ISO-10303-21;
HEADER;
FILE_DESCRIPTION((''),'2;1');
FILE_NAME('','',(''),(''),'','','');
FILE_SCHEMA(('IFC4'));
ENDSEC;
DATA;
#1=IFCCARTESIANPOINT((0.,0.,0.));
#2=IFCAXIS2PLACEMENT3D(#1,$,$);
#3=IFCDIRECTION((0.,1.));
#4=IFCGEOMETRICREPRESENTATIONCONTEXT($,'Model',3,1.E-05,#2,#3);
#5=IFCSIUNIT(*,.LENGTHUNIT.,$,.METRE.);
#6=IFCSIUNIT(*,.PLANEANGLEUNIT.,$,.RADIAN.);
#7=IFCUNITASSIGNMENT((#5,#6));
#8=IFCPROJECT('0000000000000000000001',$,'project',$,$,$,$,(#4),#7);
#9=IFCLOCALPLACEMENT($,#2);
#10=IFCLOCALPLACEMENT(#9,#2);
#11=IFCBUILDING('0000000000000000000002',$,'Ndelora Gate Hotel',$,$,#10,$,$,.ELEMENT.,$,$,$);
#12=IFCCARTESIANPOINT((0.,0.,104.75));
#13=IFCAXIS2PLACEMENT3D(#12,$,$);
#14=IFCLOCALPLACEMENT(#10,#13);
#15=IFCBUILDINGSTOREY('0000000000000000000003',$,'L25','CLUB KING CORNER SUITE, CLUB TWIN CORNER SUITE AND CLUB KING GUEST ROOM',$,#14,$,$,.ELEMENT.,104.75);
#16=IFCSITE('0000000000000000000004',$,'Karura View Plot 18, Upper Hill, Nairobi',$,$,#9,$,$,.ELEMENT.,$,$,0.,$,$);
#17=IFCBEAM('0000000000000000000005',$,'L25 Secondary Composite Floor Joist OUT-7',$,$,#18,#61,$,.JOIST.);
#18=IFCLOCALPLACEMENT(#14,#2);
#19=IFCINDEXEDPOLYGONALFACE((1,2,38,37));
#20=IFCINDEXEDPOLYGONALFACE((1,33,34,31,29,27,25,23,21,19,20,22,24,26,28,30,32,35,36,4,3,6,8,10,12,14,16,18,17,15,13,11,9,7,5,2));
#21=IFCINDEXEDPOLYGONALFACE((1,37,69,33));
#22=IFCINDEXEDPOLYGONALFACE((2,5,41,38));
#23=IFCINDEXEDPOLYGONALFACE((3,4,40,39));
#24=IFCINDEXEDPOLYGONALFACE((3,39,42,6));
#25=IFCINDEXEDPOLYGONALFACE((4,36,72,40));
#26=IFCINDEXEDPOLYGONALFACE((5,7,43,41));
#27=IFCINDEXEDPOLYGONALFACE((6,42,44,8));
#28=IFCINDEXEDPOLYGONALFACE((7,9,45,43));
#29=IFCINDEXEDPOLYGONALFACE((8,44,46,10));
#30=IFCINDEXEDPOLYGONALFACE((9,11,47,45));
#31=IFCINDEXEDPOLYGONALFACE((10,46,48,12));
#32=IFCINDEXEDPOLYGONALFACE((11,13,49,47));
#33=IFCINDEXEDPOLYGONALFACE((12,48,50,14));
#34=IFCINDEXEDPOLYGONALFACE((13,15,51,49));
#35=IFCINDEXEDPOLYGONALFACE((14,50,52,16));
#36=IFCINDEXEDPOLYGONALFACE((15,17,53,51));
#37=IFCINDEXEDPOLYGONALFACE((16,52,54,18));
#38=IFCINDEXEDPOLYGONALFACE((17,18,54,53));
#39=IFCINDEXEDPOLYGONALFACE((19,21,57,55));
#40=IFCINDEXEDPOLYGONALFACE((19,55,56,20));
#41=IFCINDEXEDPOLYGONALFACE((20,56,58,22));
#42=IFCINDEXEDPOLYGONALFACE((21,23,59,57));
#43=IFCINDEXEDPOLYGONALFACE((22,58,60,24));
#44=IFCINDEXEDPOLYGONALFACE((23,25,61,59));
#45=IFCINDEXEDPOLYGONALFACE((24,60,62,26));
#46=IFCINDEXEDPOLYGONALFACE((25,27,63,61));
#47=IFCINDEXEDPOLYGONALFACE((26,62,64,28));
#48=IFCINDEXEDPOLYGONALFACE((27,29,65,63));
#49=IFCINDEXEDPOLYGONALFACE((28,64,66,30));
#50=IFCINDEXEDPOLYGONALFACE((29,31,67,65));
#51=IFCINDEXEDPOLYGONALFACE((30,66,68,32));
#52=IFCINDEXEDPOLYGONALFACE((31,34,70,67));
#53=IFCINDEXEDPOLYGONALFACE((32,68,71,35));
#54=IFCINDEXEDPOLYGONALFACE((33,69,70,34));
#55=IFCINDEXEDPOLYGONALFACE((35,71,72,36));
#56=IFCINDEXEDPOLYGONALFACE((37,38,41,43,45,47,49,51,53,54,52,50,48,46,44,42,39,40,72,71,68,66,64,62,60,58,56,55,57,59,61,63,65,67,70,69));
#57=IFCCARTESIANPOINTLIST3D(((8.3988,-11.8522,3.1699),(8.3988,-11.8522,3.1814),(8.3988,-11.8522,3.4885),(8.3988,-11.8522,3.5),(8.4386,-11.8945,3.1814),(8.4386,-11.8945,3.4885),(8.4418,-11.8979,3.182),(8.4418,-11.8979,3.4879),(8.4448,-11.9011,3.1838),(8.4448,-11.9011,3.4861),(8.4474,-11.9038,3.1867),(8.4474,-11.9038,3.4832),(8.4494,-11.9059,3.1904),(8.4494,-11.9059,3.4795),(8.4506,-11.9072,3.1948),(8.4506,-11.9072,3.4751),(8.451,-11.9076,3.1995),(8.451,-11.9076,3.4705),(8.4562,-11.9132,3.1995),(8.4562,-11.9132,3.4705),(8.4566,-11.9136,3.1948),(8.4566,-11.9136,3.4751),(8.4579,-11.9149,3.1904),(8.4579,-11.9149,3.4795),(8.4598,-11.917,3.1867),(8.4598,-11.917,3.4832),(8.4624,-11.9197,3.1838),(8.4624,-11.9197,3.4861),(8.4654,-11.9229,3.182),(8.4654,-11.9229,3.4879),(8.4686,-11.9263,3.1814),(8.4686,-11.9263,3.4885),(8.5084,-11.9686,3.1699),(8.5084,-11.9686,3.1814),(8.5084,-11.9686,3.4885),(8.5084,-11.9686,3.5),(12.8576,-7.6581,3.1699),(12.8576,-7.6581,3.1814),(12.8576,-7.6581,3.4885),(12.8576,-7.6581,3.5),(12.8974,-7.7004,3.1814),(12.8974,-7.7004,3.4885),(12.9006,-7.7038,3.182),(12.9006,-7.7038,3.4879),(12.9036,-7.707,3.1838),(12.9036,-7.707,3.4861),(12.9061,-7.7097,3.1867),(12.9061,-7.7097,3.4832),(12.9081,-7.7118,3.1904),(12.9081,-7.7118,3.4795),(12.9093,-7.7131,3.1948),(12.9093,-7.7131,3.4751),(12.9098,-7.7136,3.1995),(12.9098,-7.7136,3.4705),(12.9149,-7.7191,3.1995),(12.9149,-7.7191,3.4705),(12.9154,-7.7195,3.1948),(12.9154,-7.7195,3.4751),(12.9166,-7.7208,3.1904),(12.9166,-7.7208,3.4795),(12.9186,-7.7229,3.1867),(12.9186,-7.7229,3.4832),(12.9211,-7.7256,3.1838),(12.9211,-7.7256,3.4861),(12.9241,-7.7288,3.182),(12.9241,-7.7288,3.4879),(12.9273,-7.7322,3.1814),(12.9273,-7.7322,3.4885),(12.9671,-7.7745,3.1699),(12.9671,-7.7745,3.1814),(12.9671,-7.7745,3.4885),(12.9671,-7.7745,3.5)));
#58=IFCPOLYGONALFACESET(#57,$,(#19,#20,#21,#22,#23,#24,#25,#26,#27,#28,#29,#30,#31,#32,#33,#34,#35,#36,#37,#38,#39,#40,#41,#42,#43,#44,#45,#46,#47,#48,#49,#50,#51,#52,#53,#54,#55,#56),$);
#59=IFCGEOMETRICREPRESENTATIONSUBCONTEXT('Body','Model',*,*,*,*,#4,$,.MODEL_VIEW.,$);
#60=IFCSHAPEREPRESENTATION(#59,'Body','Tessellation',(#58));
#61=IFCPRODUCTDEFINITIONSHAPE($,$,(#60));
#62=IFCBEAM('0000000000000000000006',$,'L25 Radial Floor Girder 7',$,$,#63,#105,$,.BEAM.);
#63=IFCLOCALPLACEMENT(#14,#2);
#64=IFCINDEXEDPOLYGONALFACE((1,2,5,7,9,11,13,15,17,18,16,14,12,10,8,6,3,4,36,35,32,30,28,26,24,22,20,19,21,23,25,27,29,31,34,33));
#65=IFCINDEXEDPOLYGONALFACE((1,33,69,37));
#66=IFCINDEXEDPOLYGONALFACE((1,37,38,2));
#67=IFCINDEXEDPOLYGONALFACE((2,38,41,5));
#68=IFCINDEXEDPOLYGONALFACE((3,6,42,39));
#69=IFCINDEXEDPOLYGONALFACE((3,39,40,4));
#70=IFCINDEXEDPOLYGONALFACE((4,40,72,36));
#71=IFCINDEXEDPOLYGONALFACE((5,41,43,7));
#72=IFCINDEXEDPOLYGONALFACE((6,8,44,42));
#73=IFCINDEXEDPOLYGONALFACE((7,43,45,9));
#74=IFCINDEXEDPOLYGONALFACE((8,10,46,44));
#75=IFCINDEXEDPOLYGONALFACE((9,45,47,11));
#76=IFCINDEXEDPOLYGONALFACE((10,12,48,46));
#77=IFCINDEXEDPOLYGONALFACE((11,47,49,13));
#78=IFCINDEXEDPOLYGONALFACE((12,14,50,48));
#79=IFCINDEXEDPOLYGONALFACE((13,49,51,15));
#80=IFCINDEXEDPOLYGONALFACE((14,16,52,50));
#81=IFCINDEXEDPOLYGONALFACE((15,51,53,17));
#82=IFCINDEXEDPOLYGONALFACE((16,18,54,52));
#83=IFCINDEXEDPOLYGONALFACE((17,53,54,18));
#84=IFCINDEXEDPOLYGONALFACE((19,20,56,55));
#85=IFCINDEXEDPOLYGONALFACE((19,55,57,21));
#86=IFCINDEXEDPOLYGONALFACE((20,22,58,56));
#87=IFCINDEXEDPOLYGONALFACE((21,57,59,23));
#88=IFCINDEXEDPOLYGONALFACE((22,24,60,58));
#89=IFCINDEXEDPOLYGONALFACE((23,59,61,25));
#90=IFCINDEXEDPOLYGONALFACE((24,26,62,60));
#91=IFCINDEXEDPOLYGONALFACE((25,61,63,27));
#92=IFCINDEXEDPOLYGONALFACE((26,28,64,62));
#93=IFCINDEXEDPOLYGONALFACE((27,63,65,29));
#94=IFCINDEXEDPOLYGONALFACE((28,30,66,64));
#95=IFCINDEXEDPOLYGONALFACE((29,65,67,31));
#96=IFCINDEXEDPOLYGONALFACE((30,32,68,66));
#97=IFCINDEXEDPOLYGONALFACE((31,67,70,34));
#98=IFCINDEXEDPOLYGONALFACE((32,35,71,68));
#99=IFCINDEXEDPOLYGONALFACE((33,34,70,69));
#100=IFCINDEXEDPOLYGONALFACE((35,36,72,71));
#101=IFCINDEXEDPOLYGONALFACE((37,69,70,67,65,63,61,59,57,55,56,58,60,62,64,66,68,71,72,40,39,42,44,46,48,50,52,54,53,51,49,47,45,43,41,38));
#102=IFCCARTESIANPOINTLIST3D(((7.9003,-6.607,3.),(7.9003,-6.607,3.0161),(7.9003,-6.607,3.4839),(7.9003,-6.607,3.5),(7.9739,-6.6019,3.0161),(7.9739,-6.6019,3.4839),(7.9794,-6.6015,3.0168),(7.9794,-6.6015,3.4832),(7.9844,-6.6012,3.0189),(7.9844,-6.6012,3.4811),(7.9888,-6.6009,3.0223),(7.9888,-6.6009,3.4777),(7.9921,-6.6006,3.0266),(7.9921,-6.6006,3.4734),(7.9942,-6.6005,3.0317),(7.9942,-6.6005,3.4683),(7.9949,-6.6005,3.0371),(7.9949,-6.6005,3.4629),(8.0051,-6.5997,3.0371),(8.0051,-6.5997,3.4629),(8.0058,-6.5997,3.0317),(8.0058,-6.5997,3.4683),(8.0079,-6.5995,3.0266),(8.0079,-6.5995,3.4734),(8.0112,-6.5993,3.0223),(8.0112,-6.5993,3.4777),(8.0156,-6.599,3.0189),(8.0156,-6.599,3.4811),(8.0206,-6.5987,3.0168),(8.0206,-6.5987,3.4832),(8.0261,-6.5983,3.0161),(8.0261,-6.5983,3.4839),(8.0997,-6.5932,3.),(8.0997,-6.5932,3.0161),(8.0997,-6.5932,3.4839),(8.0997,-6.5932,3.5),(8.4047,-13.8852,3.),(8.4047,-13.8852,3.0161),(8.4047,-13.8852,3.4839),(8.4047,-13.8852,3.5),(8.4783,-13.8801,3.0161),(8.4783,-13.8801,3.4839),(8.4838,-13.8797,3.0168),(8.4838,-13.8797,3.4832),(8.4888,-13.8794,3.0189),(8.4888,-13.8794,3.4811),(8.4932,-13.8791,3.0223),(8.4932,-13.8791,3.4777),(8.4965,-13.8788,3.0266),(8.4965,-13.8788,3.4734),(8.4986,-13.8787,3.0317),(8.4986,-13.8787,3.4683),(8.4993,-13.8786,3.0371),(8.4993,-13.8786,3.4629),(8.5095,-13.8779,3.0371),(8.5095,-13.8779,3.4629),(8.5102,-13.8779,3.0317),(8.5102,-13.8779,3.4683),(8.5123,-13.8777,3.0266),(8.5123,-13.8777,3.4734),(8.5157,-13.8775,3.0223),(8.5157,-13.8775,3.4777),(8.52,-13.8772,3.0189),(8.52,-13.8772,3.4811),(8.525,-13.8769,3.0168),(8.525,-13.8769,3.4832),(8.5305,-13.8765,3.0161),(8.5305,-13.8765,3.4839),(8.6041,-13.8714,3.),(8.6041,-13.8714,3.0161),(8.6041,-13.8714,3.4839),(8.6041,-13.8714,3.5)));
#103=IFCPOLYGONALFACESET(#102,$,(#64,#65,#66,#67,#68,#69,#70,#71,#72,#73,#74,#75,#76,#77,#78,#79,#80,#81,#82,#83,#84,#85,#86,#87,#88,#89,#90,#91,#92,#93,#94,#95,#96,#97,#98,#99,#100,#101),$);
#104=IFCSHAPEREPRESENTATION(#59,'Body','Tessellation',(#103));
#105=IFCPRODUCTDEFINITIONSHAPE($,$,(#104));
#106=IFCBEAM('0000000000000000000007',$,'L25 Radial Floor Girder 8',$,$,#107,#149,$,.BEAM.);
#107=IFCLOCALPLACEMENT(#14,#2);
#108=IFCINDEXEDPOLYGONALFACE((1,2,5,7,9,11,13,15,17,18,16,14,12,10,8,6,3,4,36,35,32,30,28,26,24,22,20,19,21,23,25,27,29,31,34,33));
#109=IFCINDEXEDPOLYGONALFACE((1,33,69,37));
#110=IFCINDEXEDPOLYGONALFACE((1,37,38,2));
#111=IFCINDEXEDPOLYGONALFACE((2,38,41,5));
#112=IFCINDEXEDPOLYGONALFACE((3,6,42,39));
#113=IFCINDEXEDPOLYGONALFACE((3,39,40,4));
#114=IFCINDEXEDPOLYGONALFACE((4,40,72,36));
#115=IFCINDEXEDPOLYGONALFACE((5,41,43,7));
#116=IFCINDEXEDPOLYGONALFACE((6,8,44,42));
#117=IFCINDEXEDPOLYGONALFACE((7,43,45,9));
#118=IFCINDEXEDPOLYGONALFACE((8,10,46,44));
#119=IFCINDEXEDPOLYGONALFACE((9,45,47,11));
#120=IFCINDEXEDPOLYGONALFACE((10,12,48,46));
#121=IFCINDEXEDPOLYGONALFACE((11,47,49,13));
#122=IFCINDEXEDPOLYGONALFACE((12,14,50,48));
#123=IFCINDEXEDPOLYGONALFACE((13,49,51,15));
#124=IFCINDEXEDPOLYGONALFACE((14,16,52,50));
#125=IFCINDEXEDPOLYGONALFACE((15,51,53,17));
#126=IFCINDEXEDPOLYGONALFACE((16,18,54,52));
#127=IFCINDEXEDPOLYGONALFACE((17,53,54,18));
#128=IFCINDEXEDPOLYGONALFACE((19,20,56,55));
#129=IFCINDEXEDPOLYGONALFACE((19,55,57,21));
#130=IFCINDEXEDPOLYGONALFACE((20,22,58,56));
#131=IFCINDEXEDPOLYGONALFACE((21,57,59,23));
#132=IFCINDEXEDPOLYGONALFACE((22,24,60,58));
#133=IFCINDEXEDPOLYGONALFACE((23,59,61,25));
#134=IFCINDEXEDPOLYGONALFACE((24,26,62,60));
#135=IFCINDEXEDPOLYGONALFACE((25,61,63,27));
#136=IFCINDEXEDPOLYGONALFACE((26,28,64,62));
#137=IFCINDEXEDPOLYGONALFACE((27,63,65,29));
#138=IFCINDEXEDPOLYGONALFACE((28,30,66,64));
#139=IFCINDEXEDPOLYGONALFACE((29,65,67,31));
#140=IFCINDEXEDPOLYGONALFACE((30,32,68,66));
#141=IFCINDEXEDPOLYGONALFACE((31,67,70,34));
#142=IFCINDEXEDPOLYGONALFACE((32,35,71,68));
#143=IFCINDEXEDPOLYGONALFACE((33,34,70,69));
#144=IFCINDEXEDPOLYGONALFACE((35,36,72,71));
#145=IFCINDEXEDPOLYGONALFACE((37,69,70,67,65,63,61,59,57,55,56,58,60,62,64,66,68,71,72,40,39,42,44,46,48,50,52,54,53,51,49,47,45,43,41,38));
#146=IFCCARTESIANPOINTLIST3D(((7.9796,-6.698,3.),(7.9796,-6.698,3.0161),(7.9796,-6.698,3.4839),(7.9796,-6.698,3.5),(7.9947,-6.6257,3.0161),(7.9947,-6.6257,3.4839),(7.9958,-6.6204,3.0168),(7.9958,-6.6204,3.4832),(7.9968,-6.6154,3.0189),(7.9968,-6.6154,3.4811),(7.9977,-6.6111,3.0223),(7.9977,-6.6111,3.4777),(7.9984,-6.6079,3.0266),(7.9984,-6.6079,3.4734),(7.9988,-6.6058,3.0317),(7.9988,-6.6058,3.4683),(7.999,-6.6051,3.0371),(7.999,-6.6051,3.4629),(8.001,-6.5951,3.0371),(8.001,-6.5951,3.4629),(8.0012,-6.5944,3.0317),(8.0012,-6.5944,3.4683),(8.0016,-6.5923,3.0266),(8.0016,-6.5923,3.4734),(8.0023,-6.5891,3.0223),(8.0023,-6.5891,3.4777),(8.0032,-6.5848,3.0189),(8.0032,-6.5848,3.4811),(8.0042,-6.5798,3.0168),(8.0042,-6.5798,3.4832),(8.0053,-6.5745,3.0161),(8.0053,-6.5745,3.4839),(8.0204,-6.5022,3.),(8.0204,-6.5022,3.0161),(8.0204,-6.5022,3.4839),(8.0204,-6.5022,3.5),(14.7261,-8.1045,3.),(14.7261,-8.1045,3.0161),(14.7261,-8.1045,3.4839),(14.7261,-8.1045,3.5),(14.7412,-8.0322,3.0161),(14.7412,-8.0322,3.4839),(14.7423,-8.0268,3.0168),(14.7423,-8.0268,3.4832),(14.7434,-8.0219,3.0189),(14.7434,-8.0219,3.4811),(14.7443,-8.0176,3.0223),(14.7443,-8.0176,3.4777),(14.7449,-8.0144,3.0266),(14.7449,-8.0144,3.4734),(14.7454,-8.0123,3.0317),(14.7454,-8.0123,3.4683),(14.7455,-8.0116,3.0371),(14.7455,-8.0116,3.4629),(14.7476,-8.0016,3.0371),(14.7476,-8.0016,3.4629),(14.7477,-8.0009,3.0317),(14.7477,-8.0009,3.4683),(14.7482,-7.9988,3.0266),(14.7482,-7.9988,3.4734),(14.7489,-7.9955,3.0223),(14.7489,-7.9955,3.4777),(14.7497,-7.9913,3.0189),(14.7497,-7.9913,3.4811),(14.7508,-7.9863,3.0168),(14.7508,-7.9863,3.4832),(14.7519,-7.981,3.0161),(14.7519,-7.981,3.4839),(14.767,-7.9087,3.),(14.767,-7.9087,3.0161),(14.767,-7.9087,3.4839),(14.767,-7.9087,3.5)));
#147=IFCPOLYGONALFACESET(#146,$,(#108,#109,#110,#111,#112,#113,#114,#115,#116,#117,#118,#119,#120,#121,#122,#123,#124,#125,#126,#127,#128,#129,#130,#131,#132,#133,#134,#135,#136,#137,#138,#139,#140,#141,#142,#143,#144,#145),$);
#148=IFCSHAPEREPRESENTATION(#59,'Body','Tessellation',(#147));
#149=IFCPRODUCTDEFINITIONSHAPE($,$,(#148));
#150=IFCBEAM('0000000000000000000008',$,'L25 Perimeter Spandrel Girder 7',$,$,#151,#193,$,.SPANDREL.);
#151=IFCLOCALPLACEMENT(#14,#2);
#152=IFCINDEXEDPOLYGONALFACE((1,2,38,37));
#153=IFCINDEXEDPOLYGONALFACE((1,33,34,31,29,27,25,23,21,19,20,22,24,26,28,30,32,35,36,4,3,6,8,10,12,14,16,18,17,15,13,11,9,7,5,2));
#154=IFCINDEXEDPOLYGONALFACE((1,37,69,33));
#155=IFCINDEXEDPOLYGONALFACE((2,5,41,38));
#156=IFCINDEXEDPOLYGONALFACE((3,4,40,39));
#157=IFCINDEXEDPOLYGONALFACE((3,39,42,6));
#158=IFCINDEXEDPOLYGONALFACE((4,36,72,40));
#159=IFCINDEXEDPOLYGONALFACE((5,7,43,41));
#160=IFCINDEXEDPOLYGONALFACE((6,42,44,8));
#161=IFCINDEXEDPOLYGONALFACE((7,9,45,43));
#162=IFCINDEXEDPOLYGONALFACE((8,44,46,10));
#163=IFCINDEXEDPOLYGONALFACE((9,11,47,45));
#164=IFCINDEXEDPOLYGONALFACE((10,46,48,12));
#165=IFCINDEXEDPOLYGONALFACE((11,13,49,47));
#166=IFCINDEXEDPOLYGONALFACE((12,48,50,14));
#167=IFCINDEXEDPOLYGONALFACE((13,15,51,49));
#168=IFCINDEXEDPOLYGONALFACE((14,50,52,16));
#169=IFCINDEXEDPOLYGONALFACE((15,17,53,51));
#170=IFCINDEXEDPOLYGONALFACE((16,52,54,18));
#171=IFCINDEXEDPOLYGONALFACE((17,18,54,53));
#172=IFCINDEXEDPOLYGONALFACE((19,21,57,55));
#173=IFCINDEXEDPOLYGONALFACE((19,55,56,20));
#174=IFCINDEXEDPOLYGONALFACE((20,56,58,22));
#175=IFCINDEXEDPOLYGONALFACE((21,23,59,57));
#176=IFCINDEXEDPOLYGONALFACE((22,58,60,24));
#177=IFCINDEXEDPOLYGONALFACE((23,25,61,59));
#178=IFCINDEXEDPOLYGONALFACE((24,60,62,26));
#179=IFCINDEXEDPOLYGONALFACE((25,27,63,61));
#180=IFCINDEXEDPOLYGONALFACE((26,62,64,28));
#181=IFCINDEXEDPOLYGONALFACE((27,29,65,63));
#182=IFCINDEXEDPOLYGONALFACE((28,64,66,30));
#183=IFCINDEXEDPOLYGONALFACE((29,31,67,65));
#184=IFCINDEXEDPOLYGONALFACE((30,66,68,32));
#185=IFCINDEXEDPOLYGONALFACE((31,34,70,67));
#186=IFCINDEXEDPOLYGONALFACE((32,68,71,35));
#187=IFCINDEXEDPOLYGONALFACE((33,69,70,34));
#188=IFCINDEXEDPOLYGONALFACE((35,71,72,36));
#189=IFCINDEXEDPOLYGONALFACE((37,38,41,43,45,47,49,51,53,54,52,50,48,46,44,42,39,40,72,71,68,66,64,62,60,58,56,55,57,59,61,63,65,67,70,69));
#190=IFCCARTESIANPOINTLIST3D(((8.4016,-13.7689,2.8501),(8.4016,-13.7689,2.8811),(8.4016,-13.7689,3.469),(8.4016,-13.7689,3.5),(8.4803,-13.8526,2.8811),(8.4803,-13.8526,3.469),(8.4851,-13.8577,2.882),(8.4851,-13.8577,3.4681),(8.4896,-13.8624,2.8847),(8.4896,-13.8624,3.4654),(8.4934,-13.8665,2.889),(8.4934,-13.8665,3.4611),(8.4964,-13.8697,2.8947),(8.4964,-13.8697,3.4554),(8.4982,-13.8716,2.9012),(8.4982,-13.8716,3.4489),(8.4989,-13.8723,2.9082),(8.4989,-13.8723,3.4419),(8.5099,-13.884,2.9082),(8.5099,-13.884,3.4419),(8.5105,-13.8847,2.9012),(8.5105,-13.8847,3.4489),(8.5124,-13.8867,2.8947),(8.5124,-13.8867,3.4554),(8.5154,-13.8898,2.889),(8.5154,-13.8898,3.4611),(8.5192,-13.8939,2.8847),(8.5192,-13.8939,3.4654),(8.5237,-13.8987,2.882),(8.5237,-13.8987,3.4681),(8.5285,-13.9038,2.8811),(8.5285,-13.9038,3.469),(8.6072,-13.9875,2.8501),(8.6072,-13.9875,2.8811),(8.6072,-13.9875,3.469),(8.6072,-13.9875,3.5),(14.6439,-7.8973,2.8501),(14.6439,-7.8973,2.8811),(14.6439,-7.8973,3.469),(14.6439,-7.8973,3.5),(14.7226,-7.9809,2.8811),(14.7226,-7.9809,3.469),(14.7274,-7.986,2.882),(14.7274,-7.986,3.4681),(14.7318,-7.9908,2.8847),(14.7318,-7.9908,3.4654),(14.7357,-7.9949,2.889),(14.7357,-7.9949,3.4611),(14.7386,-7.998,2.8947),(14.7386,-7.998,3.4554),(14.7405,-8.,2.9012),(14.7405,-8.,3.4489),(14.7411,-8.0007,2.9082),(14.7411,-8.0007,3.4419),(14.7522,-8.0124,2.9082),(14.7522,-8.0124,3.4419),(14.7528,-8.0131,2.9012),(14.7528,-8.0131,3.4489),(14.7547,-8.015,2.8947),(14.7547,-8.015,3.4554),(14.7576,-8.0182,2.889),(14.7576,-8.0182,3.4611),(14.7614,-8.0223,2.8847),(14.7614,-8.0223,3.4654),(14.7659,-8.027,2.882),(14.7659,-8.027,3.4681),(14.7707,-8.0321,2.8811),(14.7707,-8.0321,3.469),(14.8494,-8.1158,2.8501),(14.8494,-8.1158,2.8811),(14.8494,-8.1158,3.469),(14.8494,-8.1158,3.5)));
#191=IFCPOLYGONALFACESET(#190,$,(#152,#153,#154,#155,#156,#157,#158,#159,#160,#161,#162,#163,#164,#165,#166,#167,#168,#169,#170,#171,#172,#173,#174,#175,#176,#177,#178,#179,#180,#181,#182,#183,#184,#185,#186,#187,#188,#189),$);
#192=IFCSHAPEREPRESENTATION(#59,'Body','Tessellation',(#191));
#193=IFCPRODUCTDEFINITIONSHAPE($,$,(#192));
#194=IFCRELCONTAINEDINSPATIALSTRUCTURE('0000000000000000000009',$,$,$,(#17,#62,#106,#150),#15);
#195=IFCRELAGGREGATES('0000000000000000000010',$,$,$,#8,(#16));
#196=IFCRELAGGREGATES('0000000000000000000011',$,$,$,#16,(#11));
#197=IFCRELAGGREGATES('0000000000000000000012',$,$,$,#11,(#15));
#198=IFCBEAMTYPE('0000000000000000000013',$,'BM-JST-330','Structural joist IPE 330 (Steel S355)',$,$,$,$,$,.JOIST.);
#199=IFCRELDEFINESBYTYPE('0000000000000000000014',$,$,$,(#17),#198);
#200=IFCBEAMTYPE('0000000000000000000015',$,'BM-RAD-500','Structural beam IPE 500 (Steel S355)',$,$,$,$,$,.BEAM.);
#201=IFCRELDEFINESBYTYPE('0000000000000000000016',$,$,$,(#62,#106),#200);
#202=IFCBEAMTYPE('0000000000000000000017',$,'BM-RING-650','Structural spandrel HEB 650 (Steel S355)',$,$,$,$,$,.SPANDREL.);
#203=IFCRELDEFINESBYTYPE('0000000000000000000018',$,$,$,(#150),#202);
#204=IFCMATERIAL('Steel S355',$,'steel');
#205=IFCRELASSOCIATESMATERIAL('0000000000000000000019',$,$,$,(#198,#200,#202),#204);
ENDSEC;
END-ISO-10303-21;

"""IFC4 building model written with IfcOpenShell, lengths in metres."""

from ifc_helpers import new_model, si_unit, direction, frame, origin, origin_2d, place, context, subcontext, project, spatial, i_section, extrude, material, material_profile, profile_set, type_object, element, save


model = new_model("IFC4")

# Units and contexts
model_context = context("Model", 3, precision=1e-05, world=origin(), true_north=direction((0.0, 1.0)))
body_context = subcontext(model_context, "Body", "Model", "MODEL_VIEW")
ifc_project = project(units=[si_unit("LENGTHUNIT", "METRE"), si_unit("PLANEANGLEUNIT", "RADIAN")], contexts=[model_context])

# Site, building, storey
site_placement = place(None, origin())
site = spatial("IfcSite", under=ifc_project, at=site_placement, Name="Karura View Plot 18, Upper Hill, Nairobi", CompositionType="ELEMENT", RefElevation=0.0)
building_placement = place(site_placement, origin())
building = spatial("IfcBuilding", under=site, at=building_placement, Name="Ndelora Gate Hotel", CompositionType="ELEMENT")
storey_placement = place(building_placement, frame((0.0, 0.0, 104.75)))
storey = spatial("IfcBuildingStorey", under=building, at=storey_placement, Name="L25", Description="CLUB KING CORNER SUITE, CLUB TWIN CORNER SUITE AND CLUB KING GUEST ROOM", CompositionType="ELEMENT", Elevation=104.75)

# Beams
ifc_material_1 = material(Name="Steel S355", Category="steel")
ifc_material_profile_1 = material_profile(ifc_material_1, i_section(OverallWidth=0.1599, OverallDepth=0.3301, WebThickness=0.0076, FlangeThickness=0.0115, FilletRadius=0.0181, at=origin_2d()), Name="IPE 330")
ifc_profile_set_1 = profile_set([ifc_material_profile_1], Name="Steel S355")
beam_type_1 = type_object("IfcBeamType", Name="BM-JST-330", Description="Structural joist IPE 330 (Steel S355)", PredefinedType="JOIST", material=ifc_profile_set_1)
beam_1_placement = place(storey_placement, frame((8.4536, -11.9104, 3.335), z_axis=(0.728393, 0.685159, 0.0), x_axis=(-0.685159, 0.728393, 0.0)))
element("IfcBeam", 1, at=beam_1_placement, inside=storey, type_object=beam_type_1, Name="L25 Secondary Composite Floor Joist OUT-7", PredefinedType="JOIST", context=body_context, shape_type="SweptSolid", body=[
    extrude(i_section(OverallWidth=0.1599, OverallDepth=0.3301, WebThickness=0.0076, FlangeThickness=0.0115, FilletRadius=0.0181, at=origin_2d()), origin(), (0.0, 0.0, 1.0), 6.1213),
])
ifc_material_profile_2 = material_profile(ifc_material_1, i_section(OverallWidth=0.2, OverallDepth=0.5, WebThickness=0.0103, FlangeThickness=0.0161, FilletRadius=0.021, at=origin_2d()), Name="IPE 500")
ifc_profile_set_2 = profile_set([ifc_material_profile_2], Name="Steel S355")
beam_type_2 = type_object("IfcBeamType", Name="BM-RAD-500", Description="Structural beam IPE 500 (Steel S355)", PredefinedType="BEAM", material=ifc_profile_set_2)
beam_2_placement = place(storey_placement, frame((8.0, -6.6001, 3.25), z_axis=(0.069137, -0.997607, 0.0), x_axis=(0.997607, 0.069137, 0.0)))
element("IfcBeam", 2, at=beam_2_placement, inside=storey, type_object=beam_type_2, Name="L25 Radial Floor Girder 7", PredefinedType="BEAM", context=body_context, shape_type="SweptSolid", body=[
    extrude(i_section(OverallWidth=0.2, OverallDepth=0.5, WebThickness=0.0103, FlangeThickness=0.0161, FilletRadius=0.021, at=origin_2d()), origin(), (0.0, 0.0, 1.0), 7.2957),
])
beam_3_placement = place(storey_placement, frame((8.0, -6.6001, 3.25), z_axis=(0.978953, -0.204087, 0.0), x_axis=(0.204087, 0.978953, 0.0)))
element("IfcBeam", 3, at=beam_3_placement, inside=storey, type_object=beam_type_2, Name="L25 Radial Floor Girder 8", PredefinedType="BEAM", context=body_context, shape_type="SweptSolid", body=[
    extrude(i_section(OverallWidth=0.2, OverallDepth=0.5, WebThickness=0.0103, FlangeThickness=0.0161, FilletRadius=0.021, at=origin_2d()), origin(), (0.0, 0.0, 1.0), 6.8916),
])
ifc_material_profile_3 = material_profile(ifc_material_1, i_section(OverallWidth=0.3, OverallDepth=0.6499, WebThickness=0.0161, FlangeThickness=0.031, FilletRadius=0.0271, at=origin_2d()), Name="HEB 650")
ifc_profile_set_3 = profile_set([ifc_material_profile_3], Name="Steel S355")
beam_type_3 = type_object("IfcBeamType", Name="BM-RING-650", Description="Structural spandrel HEB 650 (Steel S355)", PredefinedType="SPANDREL", material=ifc_profile_set_3)
beam_4_placement = place(storey_placement, frame((8.5044, -13.8782, 3.175), z_axis=(0.728399, 0.685153, 0.0), x_axis=(-0.685153, 0.728399, 0.0)))
element("IfcBeam", 4, at=beam_4_placement, inside=storey, type_object=beam_type_3, Name="L25 Perimeter Spandrel Girder 7", PredefinedType="SPANDREL", context=body_context, shape_type="SweptSolid", body=[
    extrude(i_section(OverallWidth=0.3, OverallDepth=0.6499, WebThickness=0.0161, FlangeThickness=0.031, FilletRadius=0.0271, at=origin_2d()), origin(), (0.0, 0.0, 1.0), 8.5698),
])

save(model, "model.ifc")
